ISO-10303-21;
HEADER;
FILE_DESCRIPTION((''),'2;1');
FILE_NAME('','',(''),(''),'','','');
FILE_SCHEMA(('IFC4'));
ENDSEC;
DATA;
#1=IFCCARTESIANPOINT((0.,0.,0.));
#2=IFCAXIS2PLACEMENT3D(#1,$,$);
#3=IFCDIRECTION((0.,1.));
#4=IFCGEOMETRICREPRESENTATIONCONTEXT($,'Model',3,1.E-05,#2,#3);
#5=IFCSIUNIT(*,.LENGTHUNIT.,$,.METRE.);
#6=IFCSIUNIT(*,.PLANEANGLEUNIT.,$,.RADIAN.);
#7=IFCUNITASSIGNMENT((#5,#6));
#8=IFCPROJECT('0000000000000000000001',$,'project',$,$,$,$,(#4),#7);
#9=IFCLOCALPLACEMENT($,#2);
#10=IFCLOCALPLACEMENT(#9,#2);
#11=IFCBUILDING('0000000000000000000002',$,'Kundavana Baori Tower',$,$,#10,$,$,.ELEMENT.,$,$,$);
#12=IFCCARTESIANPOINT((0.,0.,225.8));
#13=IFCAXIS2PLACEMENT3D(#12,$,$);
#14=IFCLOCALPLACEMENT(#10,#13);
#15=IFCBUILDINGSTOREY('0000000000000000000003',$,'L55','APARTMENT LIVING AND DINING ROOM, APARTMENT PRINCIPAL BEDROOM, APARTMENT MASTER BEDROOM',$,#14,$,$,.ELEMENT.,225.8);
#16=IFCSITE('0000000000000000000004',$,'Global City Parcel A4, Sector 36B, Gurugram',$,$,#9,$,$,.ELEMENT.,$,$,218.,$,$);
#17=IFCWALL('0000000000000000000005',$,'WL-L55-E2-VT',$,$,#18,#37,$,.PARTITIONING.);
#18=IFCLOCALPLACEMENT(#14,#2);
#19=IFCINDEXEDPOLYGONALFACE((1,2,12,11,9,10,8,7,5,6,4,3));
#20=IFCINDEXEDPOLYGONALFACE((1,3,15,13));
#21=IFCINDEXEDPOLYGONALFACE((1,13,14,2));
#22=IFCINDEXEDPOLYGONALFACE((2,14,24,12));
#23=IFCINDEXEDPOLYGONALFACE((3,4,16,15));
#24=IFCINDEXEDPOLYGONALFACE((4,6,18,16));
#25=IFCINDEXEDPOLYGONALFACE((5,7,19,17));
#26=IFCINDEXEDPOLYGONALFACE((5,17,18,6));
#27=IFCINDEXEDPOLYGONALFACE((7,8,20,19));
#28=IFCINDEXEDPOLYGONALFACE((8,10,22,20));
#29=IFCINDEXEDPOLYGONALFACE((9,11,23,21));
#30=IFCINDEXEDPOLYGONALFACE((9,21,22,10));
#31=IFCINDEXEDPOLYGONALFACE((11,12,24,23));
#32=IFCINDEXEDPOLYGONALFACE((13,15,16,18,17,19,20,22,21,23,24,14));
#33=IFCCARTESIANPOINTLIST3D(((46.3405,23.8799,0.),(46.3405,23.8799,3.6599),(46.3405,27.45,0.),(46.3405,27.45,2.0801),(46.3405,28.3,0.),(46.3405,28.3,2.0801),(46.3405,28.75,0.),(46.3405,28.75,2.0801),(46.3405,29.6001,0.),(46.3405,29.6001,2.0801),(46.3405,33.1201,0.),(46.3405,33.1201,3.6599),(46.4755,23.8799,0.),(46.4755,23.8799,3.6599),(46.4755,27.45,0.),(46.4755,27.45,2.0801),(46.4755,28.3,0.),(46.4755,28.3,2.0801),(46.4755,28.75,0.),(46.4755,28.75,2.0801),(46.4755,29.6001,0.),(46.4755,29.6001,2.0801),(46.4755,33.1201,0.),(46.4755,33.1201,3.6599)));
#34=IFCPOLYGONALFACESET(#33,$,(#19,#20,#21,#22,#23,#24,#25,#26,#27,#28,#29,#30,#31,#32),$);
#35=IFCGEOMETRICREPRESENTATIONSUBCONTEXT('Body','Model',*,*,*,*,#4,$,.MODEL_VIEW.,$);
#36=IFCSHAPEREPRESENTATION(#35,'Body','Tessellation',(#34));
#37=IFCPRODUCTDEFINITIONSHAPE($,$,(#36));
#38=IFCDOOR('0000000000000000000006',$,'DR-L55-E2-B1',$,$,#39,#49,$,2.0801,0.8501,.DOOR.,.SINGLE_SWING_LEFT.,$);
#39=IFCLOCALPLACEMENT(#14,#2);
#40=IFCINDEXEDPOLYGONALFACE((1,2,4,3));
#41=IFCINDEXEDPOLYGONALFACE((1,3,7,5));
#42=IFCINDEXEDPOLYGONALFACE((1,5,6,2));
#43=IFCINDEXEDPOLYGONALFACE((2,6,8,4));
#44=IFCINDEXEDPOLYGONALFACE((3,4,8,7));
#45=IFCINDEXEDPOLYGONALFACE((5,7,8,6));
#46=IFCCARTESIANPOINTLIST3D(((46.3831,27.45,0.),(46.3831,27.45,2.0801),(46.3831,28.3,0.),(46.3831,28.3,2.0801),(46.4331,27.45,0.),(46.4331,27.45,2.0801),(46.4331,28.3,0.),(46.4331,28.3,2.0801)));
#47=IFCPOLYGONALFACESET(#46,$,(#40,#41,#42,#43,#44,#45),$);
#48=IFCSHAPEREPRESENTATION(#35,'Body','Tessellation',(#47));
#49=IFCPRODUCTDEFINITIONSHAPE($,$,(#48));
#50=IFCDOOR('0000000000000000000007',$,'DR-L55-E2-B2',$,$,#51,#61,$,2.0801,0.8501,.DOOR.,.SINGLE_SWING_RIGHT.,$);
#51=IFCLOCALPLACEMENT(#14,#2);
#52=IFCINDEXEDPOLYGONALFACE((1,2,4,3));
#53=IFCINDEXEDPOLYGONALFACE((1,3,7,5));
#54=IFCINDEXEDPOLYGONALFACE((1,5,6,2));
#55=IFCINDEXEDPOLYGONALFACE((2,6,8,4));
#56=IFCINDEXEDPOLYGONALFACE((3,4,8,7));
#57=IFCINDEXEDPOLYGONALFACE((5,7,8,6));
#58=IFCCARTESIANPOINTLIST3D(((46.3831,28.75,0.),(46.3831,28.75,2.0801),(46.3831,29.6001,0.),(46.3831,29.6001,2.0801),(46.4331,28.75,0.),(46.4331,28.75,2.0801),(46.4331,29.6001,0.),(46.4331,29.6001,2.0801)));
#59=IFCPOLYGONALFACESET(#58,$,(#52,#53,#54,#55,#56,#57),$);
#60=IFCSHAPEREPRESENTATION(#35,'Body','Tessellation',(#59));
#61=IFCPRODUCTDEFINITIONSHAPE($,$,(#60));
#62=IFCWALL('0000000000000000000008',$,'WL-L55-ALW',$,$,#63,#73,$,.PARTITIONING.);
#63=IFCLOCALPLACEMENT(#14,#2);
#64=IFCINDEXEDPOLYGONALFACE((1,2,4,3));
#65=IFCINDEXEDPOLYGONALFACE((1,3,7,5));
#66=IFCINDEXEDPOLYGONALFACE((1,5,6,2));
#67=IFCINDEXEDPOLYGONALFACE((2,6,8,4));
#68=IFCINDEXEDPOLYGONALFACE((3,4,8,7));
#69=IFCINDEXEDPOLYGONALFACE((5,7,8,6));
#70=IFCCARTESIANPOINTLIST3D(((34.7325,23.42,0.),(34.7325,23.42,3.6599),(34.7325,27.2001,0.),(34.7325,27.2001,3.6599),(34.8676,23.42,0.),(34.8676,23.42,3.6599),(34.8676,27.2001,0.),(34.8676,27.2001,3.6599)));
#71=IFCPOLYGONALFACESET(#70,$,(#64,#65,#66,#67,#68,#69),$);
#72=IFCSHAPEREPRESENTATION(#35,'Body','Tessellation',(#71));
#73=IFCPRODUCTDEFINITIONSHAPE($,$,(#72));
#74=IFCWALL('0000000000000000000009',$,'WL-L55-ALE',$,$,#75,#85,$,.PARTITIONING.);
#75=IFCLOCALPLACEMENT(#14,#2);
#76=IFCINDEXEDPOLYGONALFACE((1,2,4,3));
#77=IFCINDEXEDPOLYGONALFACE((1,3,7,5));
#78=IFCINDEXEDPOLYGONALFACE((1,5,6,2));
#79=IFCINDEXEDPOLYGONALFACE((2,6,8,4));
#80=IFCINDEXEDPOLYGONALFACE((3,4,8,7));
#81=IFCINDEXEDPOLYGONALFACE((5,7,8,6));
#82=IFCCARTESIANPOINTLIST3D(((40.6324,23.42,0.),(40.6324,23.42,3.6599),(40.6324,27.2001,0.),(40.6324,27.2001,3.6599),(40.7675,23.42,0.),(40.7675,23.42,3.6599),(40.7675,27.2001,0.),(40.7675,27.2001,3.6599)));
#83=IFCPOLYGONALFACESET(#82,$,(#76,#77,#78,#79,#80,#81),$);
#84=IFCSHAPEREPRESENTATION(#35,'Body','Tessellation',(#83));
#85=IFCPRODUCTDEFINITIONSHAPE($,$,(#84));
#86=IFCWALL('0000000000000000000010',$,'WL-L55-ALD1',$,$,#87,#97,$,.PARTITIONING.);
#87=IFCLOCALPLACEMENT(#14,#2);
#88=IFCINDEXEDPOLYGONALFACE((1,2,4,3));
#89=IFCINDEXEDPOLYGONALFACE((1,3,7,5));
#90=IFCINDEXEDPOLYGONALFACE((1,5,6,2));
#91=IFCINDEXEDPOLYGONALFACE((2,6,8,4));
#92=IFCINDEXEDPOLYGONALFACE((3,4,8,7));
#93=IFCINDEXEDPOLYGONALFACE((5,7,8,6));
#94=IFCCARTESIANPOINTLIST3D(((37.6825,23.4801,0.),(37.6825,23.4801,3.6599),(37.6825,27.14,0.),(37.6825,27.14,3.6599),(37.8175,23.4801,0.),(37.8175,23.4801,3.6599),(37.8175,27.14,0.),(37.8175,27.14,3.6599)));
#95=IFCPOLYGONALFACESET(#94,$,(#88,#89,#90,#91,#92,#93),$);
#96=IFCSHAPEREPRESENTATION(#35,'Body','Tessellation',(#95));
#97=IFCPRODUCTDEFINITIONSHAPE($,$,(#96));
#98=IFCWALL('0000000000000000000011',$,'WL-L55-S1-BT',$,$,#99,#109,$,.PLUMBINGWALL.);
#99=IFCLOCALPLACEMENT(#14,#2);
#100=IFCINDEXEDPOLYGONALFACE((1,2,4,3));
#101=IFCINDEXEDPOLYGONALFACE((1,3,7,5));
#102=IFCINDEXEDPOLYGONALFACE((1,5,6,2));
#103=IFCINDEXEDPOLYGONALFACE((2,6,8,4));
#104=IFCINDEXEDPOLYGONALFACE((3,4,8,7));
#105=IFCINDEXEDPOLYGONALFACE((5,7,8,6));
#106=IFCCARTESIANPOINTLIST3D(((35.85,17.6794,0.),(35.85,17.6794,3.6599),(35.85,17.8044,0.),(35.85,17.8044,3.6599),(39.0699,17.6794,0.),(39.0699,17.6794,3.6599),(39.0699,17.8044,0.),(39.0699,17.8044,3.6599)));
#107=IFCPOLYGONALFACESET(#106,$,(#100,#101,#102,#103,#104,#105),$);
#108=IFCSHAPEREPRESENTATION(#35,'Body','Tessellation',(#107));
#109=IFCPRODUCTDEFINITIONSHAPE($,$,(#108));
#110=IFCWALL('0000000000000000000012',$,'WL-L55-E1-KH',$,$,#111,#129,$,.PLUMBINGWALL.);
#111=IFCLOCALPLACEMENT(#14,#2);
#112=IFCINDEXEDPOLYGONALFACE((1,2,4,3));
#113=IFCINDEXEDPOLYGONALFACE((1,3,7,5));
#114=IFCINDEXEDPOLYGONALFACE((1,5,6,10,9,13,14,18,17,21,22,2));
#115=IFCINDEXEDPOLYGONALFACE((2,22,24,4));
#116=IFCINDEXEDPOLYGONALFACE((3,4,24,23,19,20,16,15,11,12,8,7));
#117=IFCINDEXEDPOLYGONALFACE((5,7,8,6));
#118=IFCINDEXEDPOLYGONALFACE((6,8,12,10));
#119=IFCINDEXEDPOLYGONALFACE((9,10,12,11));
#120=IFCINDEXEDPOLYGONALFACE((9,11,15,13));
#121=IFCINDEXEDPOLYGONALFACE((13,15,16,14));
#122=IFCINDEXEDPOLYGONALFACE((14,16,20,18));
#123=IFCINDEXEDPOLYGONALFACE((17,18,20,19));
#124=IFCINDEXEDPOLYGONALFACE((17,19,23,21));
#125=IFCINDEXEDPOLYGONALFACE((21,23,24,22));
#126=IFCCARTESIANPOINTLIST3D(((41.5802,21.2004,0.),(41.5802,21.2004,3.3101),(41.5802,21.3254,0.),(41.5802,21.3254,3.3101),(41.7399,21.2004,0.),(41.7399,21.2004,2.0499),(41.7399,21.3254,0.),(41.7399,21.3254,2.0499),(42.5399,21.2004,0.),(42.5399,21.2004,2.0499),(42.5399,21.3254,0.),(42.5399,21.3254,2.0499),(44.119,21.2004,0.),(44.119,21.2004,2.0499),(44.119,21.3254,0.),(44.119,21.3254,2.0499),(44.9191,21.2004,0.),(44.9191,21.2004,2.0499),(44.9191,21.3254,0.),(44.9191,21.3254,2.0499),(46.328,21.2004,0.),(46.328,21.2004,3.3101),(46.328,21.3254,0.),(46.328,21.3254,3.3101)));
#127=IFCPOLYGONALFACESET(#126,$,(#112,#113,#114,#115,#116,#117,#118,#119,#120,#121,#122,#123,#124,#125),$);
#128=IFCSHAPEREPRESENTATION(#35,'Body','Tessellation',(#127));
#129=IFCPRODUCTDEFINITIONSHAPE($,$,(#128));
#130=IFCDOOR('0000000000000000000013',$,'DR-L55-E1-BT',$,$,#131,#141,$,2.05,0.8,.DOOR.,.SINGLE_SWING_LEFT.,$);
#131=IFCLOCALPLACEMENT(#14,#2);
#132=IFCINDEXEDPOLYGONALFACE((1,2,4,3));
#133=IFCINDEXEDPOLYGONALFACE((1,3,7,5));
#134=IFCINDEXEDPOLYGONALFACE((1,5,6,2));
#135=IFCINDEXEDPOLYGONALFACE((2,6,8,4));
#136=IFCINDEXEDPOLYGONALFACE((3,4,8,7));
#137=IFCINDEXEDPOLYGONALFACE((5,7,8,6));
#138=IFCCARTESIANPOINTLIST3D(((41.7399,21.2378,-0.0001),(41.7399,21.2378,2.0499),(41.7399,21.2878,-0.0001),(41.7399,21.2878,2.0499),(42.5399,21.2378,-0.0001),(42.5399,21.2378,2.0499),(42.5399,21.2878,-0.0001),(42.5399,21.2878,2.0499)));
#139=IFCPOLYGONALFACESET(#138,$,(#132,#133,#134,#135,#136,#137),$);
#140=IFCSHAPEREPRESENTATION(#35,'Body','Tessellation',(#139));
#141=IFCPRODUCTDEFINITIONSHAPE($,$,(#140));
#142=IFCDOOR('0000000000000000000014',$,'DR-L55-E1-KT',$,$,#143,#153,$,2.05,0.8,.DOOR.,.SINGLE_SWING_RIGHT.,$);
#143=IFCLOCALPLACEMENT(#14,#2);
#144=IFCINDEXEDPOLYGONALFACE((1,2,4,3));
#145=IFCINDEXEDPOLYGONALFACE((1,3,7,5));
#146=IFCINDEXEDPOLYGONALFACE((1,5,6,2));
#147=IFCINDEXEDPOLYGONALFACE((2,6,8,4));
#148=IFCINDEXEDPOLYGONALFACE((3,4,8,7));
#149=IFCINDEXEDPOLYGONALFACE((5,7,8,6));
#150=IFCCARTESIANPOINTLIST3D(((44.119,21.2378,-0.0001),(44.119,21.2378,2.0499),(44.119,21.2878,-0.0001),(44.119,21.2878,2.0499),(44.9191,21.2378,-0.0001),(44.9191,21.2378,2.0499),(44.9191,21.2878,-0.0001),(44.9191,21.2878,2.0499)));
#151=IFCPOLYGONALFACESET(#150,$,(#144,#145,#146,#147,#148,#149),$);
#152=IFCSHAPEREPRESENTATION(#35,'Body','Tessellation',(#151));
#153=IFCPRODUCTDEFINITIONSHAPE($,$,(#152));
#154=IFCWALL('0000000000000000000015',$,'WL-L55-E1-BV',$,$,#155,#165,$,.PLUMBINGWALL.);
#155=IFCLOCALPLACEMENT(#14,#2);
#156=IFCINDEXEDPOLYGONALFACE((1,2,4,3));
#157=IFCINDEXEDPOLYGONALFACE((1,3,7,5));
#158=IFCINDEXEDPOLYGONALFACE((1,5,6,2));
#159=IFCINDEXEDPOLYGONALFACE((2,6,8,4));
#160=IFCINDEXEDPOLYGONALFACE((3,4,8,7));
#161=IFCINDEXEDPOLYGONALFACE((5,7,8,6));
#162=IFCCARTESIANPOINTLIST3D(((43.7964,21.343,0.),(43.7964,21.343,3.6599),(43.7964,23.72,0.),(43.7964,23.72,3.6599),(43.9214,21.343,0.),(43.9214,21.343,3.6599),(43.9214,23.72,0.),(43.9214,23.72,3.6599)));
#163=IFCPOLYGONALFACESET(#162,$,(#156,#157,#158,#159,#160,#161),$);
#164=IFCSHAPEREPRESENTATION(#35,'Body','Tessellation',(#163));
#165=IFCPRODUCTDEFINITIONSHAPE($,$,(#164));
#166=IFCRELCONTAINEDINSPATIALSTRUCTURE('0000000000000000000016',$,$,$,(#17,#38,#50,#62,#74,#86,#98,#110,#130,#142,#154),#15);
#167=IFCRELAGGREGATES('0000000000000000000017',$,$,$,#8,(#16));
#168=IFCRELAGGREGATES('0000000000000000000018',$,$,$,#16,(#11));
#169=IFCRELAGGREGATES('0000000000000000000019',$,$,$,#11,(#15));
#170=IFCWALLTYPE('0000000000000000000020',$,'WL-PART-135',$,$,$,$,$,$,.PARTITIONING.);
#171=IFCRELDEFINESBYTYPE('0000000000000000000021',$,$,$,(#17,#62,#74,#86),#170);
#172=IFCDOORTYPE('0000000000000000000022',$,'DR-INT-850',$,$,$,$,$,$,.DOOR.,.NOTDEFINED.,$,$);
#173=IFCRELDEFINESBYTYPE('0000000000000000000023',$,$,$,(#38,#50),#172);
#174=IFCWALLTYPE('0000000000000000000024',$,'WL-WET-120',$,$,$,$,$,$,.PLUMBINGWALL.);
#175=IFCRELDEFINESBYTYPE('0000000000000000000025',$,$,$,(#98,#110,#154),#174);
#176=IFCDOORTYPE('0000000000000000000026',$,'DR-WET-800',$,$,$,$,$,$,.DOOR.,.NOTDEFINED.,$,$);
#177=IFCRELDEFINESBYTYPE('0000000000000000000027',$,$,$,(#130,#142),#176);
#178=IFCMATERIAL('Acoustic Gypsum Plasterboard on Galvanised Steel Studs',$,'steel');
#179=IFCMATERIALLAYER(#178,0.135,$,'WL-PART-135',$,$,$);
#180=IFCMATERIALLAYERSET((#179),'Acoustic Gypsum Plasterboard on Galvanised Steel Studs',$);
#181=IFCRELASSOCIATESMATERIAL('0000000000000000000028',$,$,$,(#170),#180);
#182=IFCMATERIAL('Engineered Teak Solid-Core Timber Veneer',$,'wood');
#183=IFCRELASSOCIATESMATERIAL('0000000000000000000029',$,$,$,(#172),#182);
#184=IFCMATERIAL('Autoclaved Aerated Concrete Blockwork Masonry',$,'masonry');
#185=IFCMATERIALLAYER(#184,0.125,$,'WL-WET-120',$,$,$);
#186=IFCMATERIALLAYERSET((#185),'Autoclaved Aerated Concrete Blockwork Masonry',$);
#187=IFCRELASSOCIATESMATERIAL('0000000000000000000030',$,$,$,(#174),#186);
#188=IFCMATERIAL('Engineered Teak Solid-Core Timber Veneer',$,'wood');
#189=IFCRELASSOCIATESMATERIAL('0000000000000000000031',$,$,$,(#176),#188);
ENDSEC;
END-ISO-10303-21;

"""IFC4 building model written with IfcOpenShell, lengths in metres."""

from ifc_helpers import new_model, si_unit, direction, frame, frame_2d, origin, place, context, subcontext, project, spatial, rectangle, extrude, material, layer, layer_set, type_object, element, fill, save


model = new_model("IFC4")

# Units and contexts
model_context = context("Model", 3, precision=1e-05, world=origin(), true_north=direction((0.0, 1.0)))
body_context = subcontext(model_context, "Body", "Model", "MODEL_VIEW")
ifc_project = project(units=[si_unit("LENGTHUNIT", "METRE"), si_unit("PLANEANGLEUNIT", "RADIAN")], contexts=[model_context])

# Site, building, storey
site_placement = place(None, origin())
site = spatial("IfcSite", under=ifc_project, at=site_placement, Name="Global City Parcel A4, Sector 36B, Gurugram", CompositionType="ELEMENT", RefElevation=218.0)
building_placement = place(site_placement, origin())
building = spatial("IfcBuilding", under=site, at=building_placement, Name="Kundavana Baori Tower", CompositionType="ELEMENT")
storey_placement = place(building_placement, frame((0.0, 0.0, 225.8)))
storey = spatial("IfcBuildingStorey", under=building, at=storey_placement, Name="L55", Description="APARTMENT LIVING AND DINING ROOM, APARTMENT PRINCIPAL BEDROOM, APARTMENT MASTER BEDROOM", CompositionType="ELEMENT", Elevation=225.8)

# Shared definitions
ifc_material_1 = material(Name="Acoustic Gypsum Plasterboard on Galvanised Steel Studs", Category="steel")
ifc_layer_1 = layer(ifc_material_1, 0.135, Name="WL-PART-135")
ifc_layer_set_1 = layer_set([ifc_layer_1], Name="Acoustic Gypsum Plasterboard on Galvanised Steel Studs")
wall_type_1 = type_object("IfcWallType", Name="WL-PART-135", PredefinedType="PARTITIONING", material=ifc_layer_set_1)
ifc_material_2 = material(Name="Engineered Teak Solid-Core Timber Veneer", Category="wood")
door_type_1 = type_object("IfcDoorType", Name="DR-INT-850", OperationType="NOTDEFINED", PredefinedType="DOOR", material=ifc_material_2)

# Wall, openings, doors
wall_1_placement = place(storey_placement, frame((46.408, 23.8799, 0.0), z_axis=(0.0, 0.0, 1.0), x_axis=(0.0, 1.0, 0.0)))
wall_1 = element("IfcWall", 1, at=wall_1_placement, inside=storey, type_object=wall_type_1, Name="WL-L55-E2-VT", PredefinedType="PARTITIONING", context=body_context, shape_type="SweptSolid", body=[
    extrude(rectangle(XDim=9.2402, YDim=0.135, at=frame_2d((4.6201, 0.0))), origin(), (0.0, 0.0, 1.0), 3.6599),
])
opening_1_placement = place(wall_1_placement, frame((3.5701, 0.0, 0.0)))
opening_1 = element("IfcOpeningElement", 2, at=opening_1_placement, cuts=wall_1, PredefinedType="OPENING", context=body_context, shape_type="SweptSolid", body=[
    extrude(rectangle(XDim=0.8501, YDim=2.0801, at=frame_2d((0.425, 1.04))), frame((0.0, 0.0776, 0.0), z_axis=(0.0, -1.0, 0.0), x_axis=(1.0, 0.0, 0.0)), (0.0, 0.0, 1.0), 0.155),
])
opening_2_placement = place(wall_1_placement, frame((4.8701, 0.0, 0.0)))
opening_2 = element("IfcOpeningElement", 3, at=opening_2_placement, cuts=wall_1, PredefinedType="OPENING", context=body_context, shape_type="SweptSolid", body=[
    extrude(rectangle(XDim=0.8501, YDim=2.0801, at=frame_2d((0.425, 1.04))), frame((0.0, 0.0776, 0.0), z_axis=(0.0, -1.0, 0.0), x_axis=(1.0, 0.0, 0.0)), (0.0, 0.0, 1.0), 0.155),
])
door_1_placement = place(opening_1_placement, origin())
door_1 = element("IfcDoor", 4, at=door_1_placement, inside=storey, type_object=door_type_1, Name="DR-L55-E2-B1", OperationType="SINGLE_SWING_LEFT", OverallHeight=2.0801, OverallWidth=0.8501, PredefinedType="DOOR", context=body_context, shape_type="SweptSolid", body=[
    extrude(rectangle(XDim=0.8501, YDim=2.0801, at=frame_2d((0.425, 1.04))), frame((0.0, 0.0249, 0.0), z_axis=(0.0, -1.0, 0.0), x_axis=(1.0, 0.0, 0.0)), (0.0, 0.0, 1.0), 0.05),
])
fill(opening_1, door_1)
door_2_placement = place(opening_2_placement, origin())
door_2 = element("IfcDoor", 5, at=door_2_placement, inside=storey, type_object=door_type_1, Name="DR-L55-E2-B2", OperationType="SINGLE_SWING_RIGHT", OverallHeight=2.0801, OverallWidth=0.8501, PredefinedType="DOOR", context=body_context, shape_type="SweptSolid", body=[
    extrude(rectangle(XDim=0.8501, YDim=2.0801, at=frame_2d((0.425, 1.04))), frame((0.0, 0.0249, 0.0), z_axis=(0.0, -1.0, 0.0), x_axis=(1.0, 0.0, 0.0)), (0.0, 0.0, 1.0), 0.05),
])
fill(opening_2, door_2)

# Walls
for number, where, z_axis, x_axis, name in (
    (6, (34.8, 23.4199, 0.0), (0.0, 0.0, 1.0), (0.0, 1.0, 0.0), "WL-L55-ALW"),
    (7, (40.7, 23.4199, 0.0), (0.0, 0.0, 1.0), (0.0, 1.0, 0.0), "WL-L55-ALE"),
):
    element("IfcWall", number, at=place(storey_placement, frame(where, z_axis=z_axis, x_axis=x_axis)), inside=storey, type_object=wall_type_1, Name=name, PredefinedType="PARTITIONING", context=body_context, shape_type="SweptSolid", body=[
        extrude(rectangle(XDim=3.78, YDim=0.135, at=frame_2d((1.8901, 0.0))), origin(), (0.0, 0.0, 1.0), 3.6599),
    ])
wall_2_placement = place(storey_placement, frame((37.75, 23.48, 0.0), z_axis=(0.0, 0.0, 1.0), x_axis=(0.0, 1.0, 0.0)))
element("IfcWall", 8, at=wall_2_placement, inside=storey, type_object=wall_type_1, Name="WL-L55-ALD1", PredefinedType="PARTITIONING", context=body_context, shape_type="SweptSolid", body=[
    extrude(rectangle(XDim=3.6599, YDim=0.135, at=frame_2d((1.8301, 0.0))), origin(), (0.0, 0.0, 1.0), 3.6599),
])
ifc_material_3 = material(Name="Autoclaved Aerated Concrete Blockwork Masonry", Category="masonry")
ifc_layer_2 = layer(ifc_material_3, 0.125, Name="WL-WET-120")
ifc_layer_set_2 = layer_set([ifc_layer_2], Name="Autoclaved Aerated Concrete Blockwork Masonry")
wall_type_2 = type_object("IfcWallType", Name="WL-WET-120", PredefinedType="PLUMBINGWALL", material=ifc_layer_set_2)
wall_3_placement = place(storey_placement, frame((35.8501, 17.7419, 0.0), z_axis=(0.0, 0.0, 1.0), x_axis=(1.0, 0.0, 0.0)))
element("IfcWall", 9, at=wall_3_placement, inside=storey, type_object=wall_type_2, Name="WL-L55-S1-BT", PredefinedType="PLUMBINGWALL", context=body_context, shape_type="SweptSolid", body=[
    extrude(rectangle(XDim=3.22, YDim=0.125, at=frame_2d((1.6099, 0.0))), origin(), (0.0, 0.0, 1.0), 3.6599),
])

# Wall, openings, doors
wall_4_placement = place(storey_placement, frame((41.5801, 21.2629, 0.0), z_axis=(0.0, 0.0, 1.0), x_axis=(1.0, 0.0, 0.0)))
wall_4 = element("IfcWall", 10, at=wall_4_placement, inside=storey, type_object=wall_type_2, Name="WL-L55-E1-KH", PredefinedType="PLUMBINGWALL", context=body_context, shape_type="SweptSolid", body=[
    extrude(rectangle(XDim=4.7478, YDim=0.125, at=frame_2d((2.374, 0.0))), origin(), (0.0, 0.0, 1.0), 3.3101),
])
opening_3_placement = place(wall_4_placement, frame((0.1599, 0.0, 0.0)))
opening_3 = element("IfcOpeningElement", 11, at=opening_3_placement, cuts=wall_4, PredefinedType="OPENING", context=body_context, shape_type="SweptSolid", body=[
    extrude(rectangle(XDim=0.8, YDim=2.05, at=frame_2d((0.3999, 1.0249))), frame((0.0, 0.0725, 0.0), z_axis=(0.0, -1.0, 0.0), x_axis=(1.0, 0.0, 0.0)), (0.0, 0.0, 1.0), 0.145),
])
opening_4_placement = place(wall_4_placement, frame((2.5391, 0.0, 0.0)))
opening_4 = element("IfcOpeningElement", 12, at=opening_4_placement, cuts=wall_4, PredefinedType="OPENING", context=body_context, shape_type="SweptSolid", body=[
    extrude(rectangle(XDim=0.8, YDim=2.05, at=frame_2d((0.3999, 1.0249))), frame((0.0, 0.0725, 0.0), z_axis=(0.0, -1.0, 0.0), x_axis=(1.0, 0.0, 0.0)), (0.0, 0.0, 1.0), 0.145),
])
ifc_material_4 = material(Name="Engineered Teak Solid-Core Timber Veneer", Category="wood")
door_type_2 = type_object("IfcDoorType", Name="DR-WET-800", OperationType="NOTDEFINED", PredefinedType="DOOR", material=ifc_material_4)
door_3_placement = place(opening_3_placement, origin())
door_3 = element("IfcDoor", 13, at=door_3_placement, inside=storey, type_object=door_type_2, Name="DR-L55-E1-BT", OperationType="SINGLE_SWING_LEFT", OverallHeight=2.05, OverallWidth=0.8, PredefinedType="DOOR", context=body_context, shape_type="SweptSolid", body=[
    extrude(rectangle(XDim=0.8, YDim=2.05, at=frame_2d((0.3999, 1.0249))), frame((0.0, 0.0249, 0.0), z_axis=(0.0, -1.0, 0.0), x_axis=(1.0, 0.0, 0.0)), (0.0, 0.0, 1.0), 0.05),
])
fill(opening_3, door_3)
door_4_placement = place(opening_4_placement, origin())
door_4 = element("IfcDoor", 14, at=door_4_placement, inside=storey, type_object=door_type_2, Name="DR-L55-E1-KT", OperationType="SINGLE_SWING_RIGHT", OverallHeight=2.05, OverallWidth=0.8, PredefinedType="DOOR", context=body_context, shape_type="SweptSolid", body=[
    extrude(rectangle(XDim=0.8, YDim=2.05, at=frame_2d((0.3999, 1.0249))), frame((0.0, 0.0249, 0.0), z_axis=(0.0, -1.0, 0.0), x_axis=(1.0, 0.0, 0.0)), (0.0, 0.0, 1.0), 0.05),
])
fill(opening_4, door_4)

# Wall
wall_5_placement = place(storey_placement, frame((43.8589, 21.343, 0.0), z_axis=(0.0, 0.0, 1.0), x_axis=(0.0, 1.0, 0.0)))
element("IfcWall", 15, at=wall_5_placement, inside=storey, type_object=wall_type_2, Name="WL-L55-E1-BV", PredefinedType="PLUMBINGWALL", context=body_context, shape_type="SweptSolid", body=[
    extrude(rectangle(XDim=2.377, YDim=0.125, at=frame_2d((1.1885, 0.0))), origin(), (0.0, 0.0, 1.0), 3.6599),
])

save(model, "model.ifc")
